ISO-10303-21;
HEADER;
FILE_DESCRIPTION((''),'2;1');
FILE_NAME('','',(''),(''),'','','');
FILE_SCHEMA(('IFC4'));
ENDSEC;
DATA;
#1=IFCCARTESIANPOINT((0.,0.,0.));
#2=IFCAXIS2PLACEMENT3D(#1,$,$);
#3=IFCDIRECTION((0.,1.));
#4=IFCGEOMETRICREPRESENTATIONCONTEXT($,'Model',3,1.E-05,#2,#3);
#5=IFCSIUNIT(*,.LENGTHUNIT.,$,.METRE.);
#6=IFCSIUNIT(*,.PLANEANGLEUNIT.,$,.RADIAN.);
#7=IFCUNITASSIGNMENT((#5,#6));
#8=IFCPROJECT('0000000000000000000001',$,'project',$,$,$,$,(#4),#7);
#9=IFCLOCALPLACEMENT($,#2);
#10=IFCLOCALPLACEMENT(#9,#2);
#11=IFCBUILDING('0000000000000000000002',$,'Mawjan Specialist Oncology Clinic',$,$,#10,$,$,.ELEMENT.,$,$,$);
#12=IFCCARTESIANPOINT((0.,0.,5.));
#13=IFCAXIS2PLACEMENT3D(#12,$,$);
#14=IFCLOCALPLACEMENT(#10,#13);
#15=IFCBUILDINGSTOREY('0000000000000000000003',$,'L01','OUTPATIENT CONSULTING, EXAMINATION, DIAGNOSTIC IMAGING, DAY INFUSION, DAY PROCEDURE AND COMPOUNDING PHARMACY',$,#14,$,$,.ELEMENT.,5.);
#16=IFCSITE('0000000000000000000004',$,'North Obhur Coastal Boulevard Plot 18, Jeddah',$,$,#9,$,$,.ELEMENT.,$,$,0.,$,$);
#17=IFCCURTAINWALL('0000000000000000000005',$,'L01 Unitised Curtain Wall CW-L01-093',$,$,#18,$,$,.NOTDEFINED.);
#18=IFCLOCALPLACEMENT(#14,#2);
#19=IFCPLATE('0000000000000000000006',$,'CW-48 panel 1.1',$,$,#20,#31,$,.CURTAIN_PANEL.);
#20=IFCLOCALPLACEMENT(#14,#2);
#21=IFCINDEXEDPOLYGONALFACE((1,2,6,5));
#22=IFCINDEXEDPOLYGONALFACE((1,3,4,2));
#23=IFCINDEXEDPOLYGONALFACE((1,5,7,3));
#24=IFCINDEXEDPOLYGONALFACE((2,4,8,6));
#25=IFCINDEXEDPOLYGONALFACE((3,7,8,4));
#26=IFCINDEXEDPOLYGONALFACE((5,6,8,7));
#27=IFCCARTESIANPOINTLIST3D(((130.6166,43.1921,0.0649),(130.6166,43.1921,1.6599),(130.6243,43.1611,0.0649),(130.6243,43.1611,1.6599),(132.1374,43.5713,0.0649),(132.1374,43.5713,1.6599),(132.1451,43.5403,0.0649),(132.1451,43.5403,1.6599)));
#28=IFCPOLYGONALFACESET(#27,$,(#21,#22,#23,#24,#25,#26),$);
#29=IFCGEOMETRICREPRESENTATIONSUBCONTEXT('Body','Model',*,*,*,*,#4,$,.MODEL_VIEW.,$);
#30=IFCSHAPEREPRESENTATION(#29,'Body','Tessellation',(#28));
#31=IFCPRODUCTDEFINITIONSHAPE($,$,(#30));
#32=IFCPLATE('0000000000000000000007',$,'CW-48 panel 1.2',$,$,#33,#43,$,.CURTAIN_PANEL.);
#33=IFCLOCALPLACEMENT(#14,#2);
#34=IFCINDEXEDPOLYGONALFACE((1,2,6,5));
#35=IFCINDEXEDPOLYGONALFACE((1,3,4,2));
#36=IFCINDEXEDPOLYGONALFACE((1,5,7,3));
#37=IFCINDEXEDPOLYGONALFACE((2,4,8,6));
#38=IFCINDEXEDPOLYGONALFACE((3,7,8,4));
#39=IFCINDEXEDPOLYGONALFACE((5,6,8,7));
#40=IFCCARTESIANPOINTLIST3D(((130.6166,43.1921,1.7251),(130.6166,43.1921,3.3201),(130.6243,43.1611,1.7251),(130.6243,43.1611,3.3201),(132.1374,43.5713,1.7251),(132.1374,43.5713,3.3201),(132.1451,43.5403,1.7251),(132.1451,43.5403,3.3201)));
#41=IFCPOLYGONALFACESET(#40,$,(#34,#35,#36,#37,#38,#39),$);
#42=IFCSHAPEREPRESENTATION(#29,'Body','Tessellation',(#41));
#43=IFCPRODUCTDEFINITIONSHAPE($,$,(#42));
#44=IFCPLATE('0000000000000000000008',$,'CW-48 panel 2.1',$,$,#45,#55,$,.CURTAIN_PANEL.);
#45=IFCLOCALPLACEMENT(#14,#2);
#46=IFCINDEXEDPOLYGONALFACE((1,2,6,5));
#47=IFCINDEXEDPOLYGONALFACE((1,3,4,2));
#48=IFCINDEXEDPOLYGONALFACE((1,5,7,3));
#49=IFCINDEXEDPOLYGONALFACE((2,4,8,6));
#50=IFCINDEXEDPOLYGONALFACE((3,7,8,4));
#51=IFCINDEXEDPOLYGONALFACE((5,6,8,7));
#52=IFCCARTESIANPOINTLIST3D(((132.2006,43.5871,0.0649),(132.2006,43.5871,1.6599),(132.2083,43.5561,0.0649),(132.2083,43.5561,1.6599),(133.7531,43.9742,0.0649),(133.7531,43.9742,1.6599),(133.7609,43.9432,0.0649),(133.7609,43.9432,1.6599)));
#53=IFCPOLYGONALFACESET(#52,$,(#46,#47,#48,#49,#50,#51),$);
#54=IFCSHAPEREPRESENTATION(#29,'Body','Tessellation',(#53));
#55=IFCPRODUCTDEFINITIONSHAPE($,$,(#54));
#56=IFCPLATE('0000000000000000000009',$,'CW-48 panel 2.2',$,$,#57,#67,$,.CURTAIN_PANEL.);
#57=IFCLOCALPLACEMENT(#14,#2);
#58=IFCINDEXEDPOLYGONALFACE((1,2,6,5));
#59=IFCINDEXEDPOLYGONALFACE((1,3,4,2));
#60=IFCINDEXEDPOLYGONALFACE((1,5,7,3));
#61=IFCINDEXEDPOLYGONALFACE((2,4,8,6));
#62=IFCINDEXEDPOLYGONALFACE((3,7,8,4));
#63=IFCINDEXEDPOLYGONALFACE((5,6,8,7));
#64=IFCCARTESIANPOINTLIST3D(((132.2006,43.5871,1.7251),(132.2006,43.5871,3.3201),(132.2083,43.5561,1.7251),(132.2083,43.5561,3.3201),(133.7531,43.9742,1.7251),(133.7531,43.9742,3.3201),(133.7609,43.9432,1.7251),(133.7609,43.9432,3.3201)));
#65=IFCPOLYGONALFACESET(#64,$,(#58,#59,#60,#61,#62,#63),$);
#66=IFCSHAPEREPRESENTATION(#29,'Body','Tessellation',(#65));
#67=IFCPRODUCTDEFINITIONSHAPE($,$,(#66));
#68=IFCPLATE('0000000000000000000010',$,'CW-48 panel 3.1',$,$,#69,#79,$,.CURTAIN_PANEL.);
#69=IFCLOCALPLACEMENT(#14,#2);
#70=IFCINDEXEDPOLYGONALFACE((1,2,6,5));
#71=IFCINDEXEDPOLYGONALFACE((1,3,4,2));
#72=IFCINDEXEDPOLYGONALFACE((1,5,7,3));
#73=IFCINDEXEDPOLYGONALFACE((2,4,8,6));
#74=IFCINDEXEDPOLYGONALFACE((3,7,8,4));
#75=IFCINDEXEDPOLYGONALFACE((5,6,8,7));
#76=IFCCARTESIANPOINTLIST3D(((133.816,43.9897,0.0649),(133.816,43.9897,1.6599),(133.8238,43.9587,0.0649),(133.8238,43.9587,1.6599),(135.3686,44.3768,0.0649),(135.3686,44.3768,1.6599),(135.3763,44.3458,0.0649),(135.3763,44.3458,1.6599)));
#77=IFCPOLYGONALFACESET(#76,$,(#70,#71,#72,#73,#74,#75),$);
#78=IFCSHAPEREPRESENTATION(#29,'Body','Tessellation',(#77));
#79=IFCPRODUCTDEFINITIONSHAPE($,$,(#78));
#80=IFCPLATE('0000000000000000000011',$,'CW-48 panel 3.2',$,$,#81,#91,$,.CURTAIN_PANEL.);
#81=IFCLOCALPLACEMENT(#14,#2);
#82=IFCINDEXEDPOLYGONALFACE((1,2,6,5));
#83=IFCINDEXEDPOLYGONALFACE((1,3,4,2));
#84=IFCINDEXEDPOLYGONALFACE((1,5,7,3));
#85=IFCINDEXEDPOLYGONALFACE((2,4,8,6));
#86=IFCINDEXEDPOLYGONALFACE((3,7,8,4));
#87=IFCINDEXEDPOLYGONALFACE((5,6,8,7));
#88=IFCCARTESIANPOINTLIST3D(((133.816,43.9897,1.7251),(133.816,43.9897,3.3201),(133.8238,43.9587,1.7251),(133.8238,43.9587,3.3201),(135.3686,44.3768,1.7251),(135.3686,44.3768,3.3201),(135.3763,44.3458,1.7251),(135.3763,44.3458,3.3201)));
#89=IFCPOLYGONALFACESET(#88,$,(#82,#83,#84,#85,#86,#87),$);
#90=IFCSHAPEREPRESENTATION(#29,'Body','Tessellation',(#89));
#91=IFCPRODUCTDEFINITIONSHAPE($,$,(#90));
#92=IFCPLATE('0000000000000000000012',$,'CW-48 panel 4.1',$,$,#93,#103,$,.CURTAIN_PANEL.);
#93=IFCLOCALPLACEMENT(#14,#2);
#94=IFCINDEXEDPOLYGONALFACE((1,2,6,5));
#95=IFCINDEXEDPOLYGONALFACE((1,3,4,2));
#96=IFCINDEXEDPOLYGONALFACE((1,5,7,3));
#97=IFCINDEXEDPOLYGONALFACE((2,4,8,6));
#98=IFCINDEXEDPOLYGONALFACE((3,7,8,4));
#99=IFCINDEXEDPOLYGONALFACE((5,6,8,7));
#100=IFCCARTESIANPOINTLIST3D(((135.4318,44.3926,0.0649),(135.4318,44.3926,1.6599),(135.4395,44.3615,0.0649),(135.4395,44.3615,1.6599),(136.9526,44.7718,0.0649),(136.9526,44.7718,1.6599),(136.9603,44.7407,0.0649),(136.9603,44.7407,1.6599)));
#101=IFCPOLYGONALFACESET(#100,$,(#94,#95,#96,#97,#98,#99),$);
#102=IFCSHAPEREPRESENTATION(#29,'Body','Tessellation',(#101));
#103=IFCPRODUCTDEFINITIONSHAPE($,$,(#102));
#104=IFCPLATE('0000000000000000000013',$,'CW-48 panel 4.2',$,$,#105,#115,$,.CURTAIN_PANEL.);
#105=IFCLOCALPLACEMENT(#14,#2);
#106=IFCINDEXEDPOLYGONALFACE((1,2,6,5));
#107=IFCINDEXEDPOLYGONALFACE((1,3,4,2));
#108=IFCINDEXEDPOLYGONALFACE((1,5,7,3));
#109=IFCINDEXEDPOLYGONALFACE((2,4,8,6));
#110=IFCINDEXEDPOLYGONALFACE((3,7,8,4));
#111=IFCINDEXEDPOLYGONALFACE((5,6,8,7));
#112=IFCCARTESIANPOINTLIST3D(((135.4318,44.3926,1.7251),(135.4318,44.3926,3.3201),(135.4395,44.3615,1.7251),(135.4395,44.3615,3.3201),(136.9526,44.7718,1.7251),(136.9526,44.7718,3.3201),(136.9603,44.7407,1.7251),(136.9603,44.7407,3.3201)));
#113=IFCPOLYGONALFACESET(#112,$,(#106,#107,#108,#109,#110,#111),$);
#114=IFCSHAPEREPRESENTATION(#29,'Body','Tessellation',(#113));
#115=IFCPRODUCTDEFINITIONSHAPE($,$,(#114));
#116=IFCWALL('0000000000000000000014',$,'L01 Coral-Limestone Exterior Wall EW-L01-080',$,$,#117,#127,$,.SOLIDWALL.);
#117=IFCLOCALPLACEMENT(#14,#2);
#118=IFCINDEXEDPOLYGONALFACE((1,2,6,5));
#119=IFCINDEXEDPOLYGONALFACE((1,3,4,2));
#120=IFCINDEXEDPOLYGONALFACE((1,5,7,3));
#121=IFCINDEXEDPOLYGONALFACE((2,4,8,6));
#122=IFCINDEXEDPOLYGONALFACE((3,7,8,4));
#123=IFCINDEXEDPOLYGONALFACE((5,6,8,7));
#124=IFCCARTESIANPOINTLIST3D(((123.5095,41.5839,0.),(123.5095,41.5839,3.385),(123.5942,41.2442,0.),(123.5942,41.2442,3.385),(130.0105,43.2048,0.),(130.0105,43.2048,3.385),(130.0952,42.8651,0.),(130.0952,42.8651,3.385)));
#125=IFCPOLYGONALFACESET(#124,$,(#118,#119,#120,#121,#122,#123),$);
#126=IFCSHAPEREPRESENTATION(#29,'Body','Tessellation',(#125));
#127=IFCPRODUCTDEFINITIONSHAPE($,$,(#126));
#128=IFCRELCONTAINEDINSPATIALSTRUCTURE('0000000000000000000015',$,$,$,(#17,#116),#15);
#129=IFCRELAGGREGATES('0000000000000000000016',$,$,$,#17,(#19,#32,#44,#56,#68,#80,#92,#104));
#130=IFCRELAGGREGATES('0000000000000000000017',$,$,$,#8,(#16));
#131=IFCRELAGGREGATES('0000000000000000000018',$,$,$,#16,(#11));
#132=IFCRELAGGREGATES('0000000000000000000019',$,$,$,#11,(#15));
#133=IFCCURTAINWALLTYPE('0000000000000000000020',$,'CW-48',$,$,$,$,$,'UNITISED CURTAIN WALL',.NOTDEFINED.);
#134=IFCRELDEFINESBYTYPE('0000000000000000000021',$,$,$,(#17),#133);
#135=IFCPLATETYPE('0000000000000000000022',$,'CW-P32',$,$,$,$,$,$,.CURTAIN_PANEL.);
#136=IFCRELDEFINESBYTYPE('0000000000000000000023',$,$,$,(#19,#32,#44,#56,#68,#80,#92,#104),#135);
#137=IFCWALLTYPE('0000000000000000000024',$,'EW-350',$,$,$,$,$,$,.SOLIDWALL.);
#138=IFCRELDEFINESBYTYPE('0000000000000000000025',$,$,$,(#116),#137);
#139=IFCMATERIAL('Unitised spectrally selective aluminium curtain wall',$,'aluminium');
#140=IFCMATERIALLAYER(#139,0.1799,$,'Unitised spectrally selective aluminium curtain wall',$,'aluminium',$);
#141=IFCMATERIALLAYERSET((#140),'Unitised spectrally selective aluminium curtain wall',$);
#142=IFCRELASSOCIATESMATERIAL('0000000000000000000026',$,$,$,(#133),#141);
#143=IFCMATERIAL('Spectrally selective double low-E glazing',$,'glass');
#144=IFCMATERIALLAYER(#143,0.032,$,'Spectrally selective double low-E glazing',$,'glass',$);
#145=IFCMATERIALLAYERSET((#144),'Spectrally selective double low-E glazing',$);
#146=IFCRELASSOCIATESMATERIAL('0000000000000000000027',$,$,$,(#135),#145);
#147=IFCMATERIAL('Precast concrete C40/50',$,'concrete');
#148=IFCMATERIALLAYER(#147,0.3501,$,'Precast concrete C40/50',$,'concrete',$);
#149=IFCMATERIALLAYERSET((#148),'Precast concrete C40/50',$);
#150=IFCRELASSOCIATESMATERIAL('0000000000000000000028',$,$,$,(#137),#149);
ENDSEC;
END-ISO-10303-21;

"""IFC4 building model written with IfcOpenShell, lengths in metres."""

from ifc_helpers import new_model, si_unit, direction, frame, frame_2d, origin, origin_2d, place, context, subcontext, project, spatial, rectangle, extrude, material, layer, layer_set, type_object, element, aggregate, save


model = new_model("IFC4")

# Units and contexts
model_context = context("Model", 3, precision=1e-05, world=origin(), true_north=direction((0.0, 1.0)))
body_context = subcontext(model_context, "Body", "Model", "MODEL_VIEW")
ifc_project = project(units=[si_unit("LENGTHUNIT", "METRE"), si_unit("PLANEANGLEUNIT", "RADIAN")], contexts=[model_context])

# Site, building, storey
site_placement = place(None, origin())
site = spatial("IfcSite", under=ifc_project, at=site_placement, Name="North Obhur Coastal Boulevard Plot 18, Jeddah", CompositionType="ELEMENT", RefElevation=0.0)
building_placement = place(site_placement, origin())
building = spatial("IfcBuilding", under=site, at=building_placement, Name="Mawjan Specialist Oncology Clinic", CompositionType="ELEMENT")
storey_placement = place(building_placement, frame((0.0, 0.0, 5.0)))
storey = spatial("IfcBuildingStorey", under=building, at=storey_placement, Name="L01", Description="OUTPATIENT CONSULTING, EXAMINATION, DIAGNOSTIC IMAGING, DAY INFUSION, DAY PROCEDURE AND COMPOUNDING PHARMACY", CompositionType="ELEMENT", Elevation=5.0)

# Shared definitions
ifc_material_1 = material(Name="Unitised spectrally selective aluminium curtain wall", Category="aluminium")
ifc_layer_1 = layer(ifc_material_1, 0.1799, Name="Unitised spectrally selective aluminium curtain wall", Category="aluminium")
ifc_layer_set_1 = layer_set([ifc_layer_1], Name="Unitised spectrally selective aluminium curtain wall")
curtain_wall_type = type_object("IfcCurtainWallType", Name="CW-48", ElementType="UNITISED CURTAIN WALL", PredefinedType="NOTDEFINED", material=ifc_layer_set_1)

# Curtain wall
curtain_wall_1_placement = place(storey_placement, origin())
curtain_wall_1 = element("IfcCurtainWall", 1, at=curtain_wall_1_placement, inside=storey, type_object=curtain_wall_type, Name="L01 Unitised Curtain Wall CW-L01-093", PredefinedType="NOTDEFINED")

# Plates
ifc_material_2 = material(Name="Spectrally selective double low-E glazing", Category="glass")
ifc_layer_2 = layer(ifc_material_2, 0.032, Name="Spectrally selective double low-E glazing", Category="glass")
ifc_layer_set_2 = layer_set([ifc_layer_2], Name="Spectrally selective double low-E glazing")
plate_type = type_object("IfcPlateType", Name="CW-P32", PredefinedType="CURTAIN_PANEL", material=ifc_layer_set_2)
plate_1_placement = place(storey_placement, frame((131.3809, 43.3662, 0.0649), z_axis=(0.0, 0.0, 1.0), x_axis=(0.970296, 0.241922, 0.0)))
plate_1 = element("IfcPlate", 2, at=plate_1_placement, type_object=plate_type, Name="CW-48 panel 1.1", PredefinedType="CURTAIN_PANEL", context=body_context, shape_type="SweptSolid", body=[
    extrude(rectangle(XDim=1.5674, YDim=0.032, at=origin_2d()), origin(), (0.0, 0.0, 1.0), 1.595),
])
plate_2_placement = place(storey_placement, frame((131.3809, 43.3662, 1.7251), z_axis=(0.0, 0.0, 1.0), x_axis=(0.970296, 0.241922, 0.0)))
plate_2 = element("IfcPlate", 3, at=plate_2_placement, type_object=plate_type, Name="CW-48 panel 1.2", PredefinedType="CURTAIN_PANEL", context=body_context, shape_type="SweptSolid", body=[
    extrude(rectangle(XDim=1.5674, YDim=0.032, at=origin_2d()), origin(), (0.0, 0.0, 1.0), 1.595),
])
plate_3_placement = place(storey_placement, frame((132.9807, 43.7651, 0.0649), z_axis=(0.0, 0.0, 1.0), x_axis=(0.970296, 0.241922, 0.0)))
plate_3 = element("IfcPlate", 4, at=plate_3_placement, type_object=plate_type, Name="CW-48 panel 2.1", PredefinedType="CURTAIN_PANEL", context=body_context, shape_type="SweptSolid", body=[
    extrude(rectangle(XDim=1.6001, YDim=0.032, at=origin_2d()), origin(), (0.0, 0.0, 1.0), 1.595),
])
plate_4_placement = place(storey_placement, frame((132.9807, 43.7651, 1.7251), z_axis=(0.0, 0.0, 1.0), x_axis=(0.970296, 0.241922, 0.0)))
plate_4 = element("IfcPlate", 5, at=plate_4_placement, type_object=plate_type, Name="CW-48 panel 2.2", PredefinedType="CURTAIN_PANEL", context=body_context, shape_type="SweptSolid", body=[
    extrude(rectangle(XDim=1.6001, YDim=0.032, at=origin_2d()), origin(), (0.0, 0.0, 1.0), 1.595),
])
plate_5_placement = place(storey_placement, frame((134.5962, 44.1677, 0.0649), z_axis=(0.0, 0.0, 1.0), x_axis=(0.970296, 0.241922, 0.0)))
plate_5 = element("IfcPlate", 6, at=plate_5_placement, type_object=plate_type, Name="CW-48 panel 3.1", PredefinedType="CURTAIN_PANEL", context=body_context, shape_type="SweptSolid", body=[
    extrude(rectangle(XDim=1.6001, YDim=0.032, at=origin_2d()), origin(), (0.0, 0.0, 1.0), 1.595),
])
plate_6_placement = place(storey_placement, frame((134.5962, 44.1677, 1.7251), z_axis=(0.0, 0.0, 1.0), x_axis=(0.970296, 0.241922, 0.0)))
plate_6 = element("IfcPlate", 7, at=plate_6_placement, type_object=plate_type, Name="CW-48 panel 3.2", PredefinedType="CURTAIN_PANEL", context=body_context, shape_type="SweptSolid", body=[
    extrude(rectangle(XDim=1.6001, YDim=0.032, at=origin_2d()), origin(), (0.0, 0.0, 1.0), 1.595),
])
plate_7_placement = place(storey_placement, frame((136.196, 44.5667, 0.0649), z_axis=(0.0, 0.0, 1.0), x_axis=(0.970296, 0.241922, 0.0)))
plate_7 = element("IfcPlate", 8, at=plate_7_placement, type_object=plate_type, Name="CW-48 panel 4.1", PredefinedType="CURTAIN_PANEL", context=body_context, shape_type="SweptSolid", body=[
    extrude(rectangle(XDim=1.5674, YDim=0.032, at=origin_2d()), origin(), (0.0, 0.0, 1.0), 1.595),
])
plate_8_placement = place(storey_placement, frame((136.196, 44.5667, 1.7251), z_axis=(0.0, 0.0, 1.0), x_axis=(0.970296, 0.241922, 0.0)))
plate_8 = element("IfcPlate", 9, at=plate_8_placement, type_object=plate_type, Name="CW-48 panel 4.2", PredefinedType="CURTAIN_PANEL", context=body_context, shape_type="SweptSolid", body=[
    extrude(rectangle(XDim=1.5674, YDim=0.032, at=origin_2d()), origin(), (0.0, 0.0, 1.0), 1.595),
])
aggregate(curtain_wall_1, [plate_1, plate_2, plate_3, plate_4, plate_5, plate_6, plate_7, plate_8])

# Wall
ifc_material_3 = material(Name="Precast concrete C40/50", Category="concrete")
ifc_layer_3 = layer(ifc_material_3, 0.3501, Name="Precast concrete C40/50", Category="concrete")
ifc_layer_set_3 = layer_set([ifc_layer_3], Name="Precast concrete C40/50")
wall_type = type_object("IfcWallType", Name="EW-350", PredefinedType="SOLIDWALL", material=ifc_layer_set_3)
wall_placement = place(storey_placement, frame((123.5518, 41.4141, 0.0), z_axis=(0.0, 0.0, 1.0), x_axis=(0.970297, 0.241918, 0.0)))
element("IfcWall", 10, at=wall_placement, inside=storey, type_object=wall_type, Name="L01 Coral-Limestone Exterior Wall EW-L01-080", PredefinedType="SOLIDWALL", context=body_context, shape_type="SweptSolid", body=[
    extrude(rectangle(XDim=6.7, YDim=0.3501, at=frame_2d((3.3501, 0.0))), origin(), (0.0, 0.0, 1.0), 3.385),
])

save(model, "model.ifc")
